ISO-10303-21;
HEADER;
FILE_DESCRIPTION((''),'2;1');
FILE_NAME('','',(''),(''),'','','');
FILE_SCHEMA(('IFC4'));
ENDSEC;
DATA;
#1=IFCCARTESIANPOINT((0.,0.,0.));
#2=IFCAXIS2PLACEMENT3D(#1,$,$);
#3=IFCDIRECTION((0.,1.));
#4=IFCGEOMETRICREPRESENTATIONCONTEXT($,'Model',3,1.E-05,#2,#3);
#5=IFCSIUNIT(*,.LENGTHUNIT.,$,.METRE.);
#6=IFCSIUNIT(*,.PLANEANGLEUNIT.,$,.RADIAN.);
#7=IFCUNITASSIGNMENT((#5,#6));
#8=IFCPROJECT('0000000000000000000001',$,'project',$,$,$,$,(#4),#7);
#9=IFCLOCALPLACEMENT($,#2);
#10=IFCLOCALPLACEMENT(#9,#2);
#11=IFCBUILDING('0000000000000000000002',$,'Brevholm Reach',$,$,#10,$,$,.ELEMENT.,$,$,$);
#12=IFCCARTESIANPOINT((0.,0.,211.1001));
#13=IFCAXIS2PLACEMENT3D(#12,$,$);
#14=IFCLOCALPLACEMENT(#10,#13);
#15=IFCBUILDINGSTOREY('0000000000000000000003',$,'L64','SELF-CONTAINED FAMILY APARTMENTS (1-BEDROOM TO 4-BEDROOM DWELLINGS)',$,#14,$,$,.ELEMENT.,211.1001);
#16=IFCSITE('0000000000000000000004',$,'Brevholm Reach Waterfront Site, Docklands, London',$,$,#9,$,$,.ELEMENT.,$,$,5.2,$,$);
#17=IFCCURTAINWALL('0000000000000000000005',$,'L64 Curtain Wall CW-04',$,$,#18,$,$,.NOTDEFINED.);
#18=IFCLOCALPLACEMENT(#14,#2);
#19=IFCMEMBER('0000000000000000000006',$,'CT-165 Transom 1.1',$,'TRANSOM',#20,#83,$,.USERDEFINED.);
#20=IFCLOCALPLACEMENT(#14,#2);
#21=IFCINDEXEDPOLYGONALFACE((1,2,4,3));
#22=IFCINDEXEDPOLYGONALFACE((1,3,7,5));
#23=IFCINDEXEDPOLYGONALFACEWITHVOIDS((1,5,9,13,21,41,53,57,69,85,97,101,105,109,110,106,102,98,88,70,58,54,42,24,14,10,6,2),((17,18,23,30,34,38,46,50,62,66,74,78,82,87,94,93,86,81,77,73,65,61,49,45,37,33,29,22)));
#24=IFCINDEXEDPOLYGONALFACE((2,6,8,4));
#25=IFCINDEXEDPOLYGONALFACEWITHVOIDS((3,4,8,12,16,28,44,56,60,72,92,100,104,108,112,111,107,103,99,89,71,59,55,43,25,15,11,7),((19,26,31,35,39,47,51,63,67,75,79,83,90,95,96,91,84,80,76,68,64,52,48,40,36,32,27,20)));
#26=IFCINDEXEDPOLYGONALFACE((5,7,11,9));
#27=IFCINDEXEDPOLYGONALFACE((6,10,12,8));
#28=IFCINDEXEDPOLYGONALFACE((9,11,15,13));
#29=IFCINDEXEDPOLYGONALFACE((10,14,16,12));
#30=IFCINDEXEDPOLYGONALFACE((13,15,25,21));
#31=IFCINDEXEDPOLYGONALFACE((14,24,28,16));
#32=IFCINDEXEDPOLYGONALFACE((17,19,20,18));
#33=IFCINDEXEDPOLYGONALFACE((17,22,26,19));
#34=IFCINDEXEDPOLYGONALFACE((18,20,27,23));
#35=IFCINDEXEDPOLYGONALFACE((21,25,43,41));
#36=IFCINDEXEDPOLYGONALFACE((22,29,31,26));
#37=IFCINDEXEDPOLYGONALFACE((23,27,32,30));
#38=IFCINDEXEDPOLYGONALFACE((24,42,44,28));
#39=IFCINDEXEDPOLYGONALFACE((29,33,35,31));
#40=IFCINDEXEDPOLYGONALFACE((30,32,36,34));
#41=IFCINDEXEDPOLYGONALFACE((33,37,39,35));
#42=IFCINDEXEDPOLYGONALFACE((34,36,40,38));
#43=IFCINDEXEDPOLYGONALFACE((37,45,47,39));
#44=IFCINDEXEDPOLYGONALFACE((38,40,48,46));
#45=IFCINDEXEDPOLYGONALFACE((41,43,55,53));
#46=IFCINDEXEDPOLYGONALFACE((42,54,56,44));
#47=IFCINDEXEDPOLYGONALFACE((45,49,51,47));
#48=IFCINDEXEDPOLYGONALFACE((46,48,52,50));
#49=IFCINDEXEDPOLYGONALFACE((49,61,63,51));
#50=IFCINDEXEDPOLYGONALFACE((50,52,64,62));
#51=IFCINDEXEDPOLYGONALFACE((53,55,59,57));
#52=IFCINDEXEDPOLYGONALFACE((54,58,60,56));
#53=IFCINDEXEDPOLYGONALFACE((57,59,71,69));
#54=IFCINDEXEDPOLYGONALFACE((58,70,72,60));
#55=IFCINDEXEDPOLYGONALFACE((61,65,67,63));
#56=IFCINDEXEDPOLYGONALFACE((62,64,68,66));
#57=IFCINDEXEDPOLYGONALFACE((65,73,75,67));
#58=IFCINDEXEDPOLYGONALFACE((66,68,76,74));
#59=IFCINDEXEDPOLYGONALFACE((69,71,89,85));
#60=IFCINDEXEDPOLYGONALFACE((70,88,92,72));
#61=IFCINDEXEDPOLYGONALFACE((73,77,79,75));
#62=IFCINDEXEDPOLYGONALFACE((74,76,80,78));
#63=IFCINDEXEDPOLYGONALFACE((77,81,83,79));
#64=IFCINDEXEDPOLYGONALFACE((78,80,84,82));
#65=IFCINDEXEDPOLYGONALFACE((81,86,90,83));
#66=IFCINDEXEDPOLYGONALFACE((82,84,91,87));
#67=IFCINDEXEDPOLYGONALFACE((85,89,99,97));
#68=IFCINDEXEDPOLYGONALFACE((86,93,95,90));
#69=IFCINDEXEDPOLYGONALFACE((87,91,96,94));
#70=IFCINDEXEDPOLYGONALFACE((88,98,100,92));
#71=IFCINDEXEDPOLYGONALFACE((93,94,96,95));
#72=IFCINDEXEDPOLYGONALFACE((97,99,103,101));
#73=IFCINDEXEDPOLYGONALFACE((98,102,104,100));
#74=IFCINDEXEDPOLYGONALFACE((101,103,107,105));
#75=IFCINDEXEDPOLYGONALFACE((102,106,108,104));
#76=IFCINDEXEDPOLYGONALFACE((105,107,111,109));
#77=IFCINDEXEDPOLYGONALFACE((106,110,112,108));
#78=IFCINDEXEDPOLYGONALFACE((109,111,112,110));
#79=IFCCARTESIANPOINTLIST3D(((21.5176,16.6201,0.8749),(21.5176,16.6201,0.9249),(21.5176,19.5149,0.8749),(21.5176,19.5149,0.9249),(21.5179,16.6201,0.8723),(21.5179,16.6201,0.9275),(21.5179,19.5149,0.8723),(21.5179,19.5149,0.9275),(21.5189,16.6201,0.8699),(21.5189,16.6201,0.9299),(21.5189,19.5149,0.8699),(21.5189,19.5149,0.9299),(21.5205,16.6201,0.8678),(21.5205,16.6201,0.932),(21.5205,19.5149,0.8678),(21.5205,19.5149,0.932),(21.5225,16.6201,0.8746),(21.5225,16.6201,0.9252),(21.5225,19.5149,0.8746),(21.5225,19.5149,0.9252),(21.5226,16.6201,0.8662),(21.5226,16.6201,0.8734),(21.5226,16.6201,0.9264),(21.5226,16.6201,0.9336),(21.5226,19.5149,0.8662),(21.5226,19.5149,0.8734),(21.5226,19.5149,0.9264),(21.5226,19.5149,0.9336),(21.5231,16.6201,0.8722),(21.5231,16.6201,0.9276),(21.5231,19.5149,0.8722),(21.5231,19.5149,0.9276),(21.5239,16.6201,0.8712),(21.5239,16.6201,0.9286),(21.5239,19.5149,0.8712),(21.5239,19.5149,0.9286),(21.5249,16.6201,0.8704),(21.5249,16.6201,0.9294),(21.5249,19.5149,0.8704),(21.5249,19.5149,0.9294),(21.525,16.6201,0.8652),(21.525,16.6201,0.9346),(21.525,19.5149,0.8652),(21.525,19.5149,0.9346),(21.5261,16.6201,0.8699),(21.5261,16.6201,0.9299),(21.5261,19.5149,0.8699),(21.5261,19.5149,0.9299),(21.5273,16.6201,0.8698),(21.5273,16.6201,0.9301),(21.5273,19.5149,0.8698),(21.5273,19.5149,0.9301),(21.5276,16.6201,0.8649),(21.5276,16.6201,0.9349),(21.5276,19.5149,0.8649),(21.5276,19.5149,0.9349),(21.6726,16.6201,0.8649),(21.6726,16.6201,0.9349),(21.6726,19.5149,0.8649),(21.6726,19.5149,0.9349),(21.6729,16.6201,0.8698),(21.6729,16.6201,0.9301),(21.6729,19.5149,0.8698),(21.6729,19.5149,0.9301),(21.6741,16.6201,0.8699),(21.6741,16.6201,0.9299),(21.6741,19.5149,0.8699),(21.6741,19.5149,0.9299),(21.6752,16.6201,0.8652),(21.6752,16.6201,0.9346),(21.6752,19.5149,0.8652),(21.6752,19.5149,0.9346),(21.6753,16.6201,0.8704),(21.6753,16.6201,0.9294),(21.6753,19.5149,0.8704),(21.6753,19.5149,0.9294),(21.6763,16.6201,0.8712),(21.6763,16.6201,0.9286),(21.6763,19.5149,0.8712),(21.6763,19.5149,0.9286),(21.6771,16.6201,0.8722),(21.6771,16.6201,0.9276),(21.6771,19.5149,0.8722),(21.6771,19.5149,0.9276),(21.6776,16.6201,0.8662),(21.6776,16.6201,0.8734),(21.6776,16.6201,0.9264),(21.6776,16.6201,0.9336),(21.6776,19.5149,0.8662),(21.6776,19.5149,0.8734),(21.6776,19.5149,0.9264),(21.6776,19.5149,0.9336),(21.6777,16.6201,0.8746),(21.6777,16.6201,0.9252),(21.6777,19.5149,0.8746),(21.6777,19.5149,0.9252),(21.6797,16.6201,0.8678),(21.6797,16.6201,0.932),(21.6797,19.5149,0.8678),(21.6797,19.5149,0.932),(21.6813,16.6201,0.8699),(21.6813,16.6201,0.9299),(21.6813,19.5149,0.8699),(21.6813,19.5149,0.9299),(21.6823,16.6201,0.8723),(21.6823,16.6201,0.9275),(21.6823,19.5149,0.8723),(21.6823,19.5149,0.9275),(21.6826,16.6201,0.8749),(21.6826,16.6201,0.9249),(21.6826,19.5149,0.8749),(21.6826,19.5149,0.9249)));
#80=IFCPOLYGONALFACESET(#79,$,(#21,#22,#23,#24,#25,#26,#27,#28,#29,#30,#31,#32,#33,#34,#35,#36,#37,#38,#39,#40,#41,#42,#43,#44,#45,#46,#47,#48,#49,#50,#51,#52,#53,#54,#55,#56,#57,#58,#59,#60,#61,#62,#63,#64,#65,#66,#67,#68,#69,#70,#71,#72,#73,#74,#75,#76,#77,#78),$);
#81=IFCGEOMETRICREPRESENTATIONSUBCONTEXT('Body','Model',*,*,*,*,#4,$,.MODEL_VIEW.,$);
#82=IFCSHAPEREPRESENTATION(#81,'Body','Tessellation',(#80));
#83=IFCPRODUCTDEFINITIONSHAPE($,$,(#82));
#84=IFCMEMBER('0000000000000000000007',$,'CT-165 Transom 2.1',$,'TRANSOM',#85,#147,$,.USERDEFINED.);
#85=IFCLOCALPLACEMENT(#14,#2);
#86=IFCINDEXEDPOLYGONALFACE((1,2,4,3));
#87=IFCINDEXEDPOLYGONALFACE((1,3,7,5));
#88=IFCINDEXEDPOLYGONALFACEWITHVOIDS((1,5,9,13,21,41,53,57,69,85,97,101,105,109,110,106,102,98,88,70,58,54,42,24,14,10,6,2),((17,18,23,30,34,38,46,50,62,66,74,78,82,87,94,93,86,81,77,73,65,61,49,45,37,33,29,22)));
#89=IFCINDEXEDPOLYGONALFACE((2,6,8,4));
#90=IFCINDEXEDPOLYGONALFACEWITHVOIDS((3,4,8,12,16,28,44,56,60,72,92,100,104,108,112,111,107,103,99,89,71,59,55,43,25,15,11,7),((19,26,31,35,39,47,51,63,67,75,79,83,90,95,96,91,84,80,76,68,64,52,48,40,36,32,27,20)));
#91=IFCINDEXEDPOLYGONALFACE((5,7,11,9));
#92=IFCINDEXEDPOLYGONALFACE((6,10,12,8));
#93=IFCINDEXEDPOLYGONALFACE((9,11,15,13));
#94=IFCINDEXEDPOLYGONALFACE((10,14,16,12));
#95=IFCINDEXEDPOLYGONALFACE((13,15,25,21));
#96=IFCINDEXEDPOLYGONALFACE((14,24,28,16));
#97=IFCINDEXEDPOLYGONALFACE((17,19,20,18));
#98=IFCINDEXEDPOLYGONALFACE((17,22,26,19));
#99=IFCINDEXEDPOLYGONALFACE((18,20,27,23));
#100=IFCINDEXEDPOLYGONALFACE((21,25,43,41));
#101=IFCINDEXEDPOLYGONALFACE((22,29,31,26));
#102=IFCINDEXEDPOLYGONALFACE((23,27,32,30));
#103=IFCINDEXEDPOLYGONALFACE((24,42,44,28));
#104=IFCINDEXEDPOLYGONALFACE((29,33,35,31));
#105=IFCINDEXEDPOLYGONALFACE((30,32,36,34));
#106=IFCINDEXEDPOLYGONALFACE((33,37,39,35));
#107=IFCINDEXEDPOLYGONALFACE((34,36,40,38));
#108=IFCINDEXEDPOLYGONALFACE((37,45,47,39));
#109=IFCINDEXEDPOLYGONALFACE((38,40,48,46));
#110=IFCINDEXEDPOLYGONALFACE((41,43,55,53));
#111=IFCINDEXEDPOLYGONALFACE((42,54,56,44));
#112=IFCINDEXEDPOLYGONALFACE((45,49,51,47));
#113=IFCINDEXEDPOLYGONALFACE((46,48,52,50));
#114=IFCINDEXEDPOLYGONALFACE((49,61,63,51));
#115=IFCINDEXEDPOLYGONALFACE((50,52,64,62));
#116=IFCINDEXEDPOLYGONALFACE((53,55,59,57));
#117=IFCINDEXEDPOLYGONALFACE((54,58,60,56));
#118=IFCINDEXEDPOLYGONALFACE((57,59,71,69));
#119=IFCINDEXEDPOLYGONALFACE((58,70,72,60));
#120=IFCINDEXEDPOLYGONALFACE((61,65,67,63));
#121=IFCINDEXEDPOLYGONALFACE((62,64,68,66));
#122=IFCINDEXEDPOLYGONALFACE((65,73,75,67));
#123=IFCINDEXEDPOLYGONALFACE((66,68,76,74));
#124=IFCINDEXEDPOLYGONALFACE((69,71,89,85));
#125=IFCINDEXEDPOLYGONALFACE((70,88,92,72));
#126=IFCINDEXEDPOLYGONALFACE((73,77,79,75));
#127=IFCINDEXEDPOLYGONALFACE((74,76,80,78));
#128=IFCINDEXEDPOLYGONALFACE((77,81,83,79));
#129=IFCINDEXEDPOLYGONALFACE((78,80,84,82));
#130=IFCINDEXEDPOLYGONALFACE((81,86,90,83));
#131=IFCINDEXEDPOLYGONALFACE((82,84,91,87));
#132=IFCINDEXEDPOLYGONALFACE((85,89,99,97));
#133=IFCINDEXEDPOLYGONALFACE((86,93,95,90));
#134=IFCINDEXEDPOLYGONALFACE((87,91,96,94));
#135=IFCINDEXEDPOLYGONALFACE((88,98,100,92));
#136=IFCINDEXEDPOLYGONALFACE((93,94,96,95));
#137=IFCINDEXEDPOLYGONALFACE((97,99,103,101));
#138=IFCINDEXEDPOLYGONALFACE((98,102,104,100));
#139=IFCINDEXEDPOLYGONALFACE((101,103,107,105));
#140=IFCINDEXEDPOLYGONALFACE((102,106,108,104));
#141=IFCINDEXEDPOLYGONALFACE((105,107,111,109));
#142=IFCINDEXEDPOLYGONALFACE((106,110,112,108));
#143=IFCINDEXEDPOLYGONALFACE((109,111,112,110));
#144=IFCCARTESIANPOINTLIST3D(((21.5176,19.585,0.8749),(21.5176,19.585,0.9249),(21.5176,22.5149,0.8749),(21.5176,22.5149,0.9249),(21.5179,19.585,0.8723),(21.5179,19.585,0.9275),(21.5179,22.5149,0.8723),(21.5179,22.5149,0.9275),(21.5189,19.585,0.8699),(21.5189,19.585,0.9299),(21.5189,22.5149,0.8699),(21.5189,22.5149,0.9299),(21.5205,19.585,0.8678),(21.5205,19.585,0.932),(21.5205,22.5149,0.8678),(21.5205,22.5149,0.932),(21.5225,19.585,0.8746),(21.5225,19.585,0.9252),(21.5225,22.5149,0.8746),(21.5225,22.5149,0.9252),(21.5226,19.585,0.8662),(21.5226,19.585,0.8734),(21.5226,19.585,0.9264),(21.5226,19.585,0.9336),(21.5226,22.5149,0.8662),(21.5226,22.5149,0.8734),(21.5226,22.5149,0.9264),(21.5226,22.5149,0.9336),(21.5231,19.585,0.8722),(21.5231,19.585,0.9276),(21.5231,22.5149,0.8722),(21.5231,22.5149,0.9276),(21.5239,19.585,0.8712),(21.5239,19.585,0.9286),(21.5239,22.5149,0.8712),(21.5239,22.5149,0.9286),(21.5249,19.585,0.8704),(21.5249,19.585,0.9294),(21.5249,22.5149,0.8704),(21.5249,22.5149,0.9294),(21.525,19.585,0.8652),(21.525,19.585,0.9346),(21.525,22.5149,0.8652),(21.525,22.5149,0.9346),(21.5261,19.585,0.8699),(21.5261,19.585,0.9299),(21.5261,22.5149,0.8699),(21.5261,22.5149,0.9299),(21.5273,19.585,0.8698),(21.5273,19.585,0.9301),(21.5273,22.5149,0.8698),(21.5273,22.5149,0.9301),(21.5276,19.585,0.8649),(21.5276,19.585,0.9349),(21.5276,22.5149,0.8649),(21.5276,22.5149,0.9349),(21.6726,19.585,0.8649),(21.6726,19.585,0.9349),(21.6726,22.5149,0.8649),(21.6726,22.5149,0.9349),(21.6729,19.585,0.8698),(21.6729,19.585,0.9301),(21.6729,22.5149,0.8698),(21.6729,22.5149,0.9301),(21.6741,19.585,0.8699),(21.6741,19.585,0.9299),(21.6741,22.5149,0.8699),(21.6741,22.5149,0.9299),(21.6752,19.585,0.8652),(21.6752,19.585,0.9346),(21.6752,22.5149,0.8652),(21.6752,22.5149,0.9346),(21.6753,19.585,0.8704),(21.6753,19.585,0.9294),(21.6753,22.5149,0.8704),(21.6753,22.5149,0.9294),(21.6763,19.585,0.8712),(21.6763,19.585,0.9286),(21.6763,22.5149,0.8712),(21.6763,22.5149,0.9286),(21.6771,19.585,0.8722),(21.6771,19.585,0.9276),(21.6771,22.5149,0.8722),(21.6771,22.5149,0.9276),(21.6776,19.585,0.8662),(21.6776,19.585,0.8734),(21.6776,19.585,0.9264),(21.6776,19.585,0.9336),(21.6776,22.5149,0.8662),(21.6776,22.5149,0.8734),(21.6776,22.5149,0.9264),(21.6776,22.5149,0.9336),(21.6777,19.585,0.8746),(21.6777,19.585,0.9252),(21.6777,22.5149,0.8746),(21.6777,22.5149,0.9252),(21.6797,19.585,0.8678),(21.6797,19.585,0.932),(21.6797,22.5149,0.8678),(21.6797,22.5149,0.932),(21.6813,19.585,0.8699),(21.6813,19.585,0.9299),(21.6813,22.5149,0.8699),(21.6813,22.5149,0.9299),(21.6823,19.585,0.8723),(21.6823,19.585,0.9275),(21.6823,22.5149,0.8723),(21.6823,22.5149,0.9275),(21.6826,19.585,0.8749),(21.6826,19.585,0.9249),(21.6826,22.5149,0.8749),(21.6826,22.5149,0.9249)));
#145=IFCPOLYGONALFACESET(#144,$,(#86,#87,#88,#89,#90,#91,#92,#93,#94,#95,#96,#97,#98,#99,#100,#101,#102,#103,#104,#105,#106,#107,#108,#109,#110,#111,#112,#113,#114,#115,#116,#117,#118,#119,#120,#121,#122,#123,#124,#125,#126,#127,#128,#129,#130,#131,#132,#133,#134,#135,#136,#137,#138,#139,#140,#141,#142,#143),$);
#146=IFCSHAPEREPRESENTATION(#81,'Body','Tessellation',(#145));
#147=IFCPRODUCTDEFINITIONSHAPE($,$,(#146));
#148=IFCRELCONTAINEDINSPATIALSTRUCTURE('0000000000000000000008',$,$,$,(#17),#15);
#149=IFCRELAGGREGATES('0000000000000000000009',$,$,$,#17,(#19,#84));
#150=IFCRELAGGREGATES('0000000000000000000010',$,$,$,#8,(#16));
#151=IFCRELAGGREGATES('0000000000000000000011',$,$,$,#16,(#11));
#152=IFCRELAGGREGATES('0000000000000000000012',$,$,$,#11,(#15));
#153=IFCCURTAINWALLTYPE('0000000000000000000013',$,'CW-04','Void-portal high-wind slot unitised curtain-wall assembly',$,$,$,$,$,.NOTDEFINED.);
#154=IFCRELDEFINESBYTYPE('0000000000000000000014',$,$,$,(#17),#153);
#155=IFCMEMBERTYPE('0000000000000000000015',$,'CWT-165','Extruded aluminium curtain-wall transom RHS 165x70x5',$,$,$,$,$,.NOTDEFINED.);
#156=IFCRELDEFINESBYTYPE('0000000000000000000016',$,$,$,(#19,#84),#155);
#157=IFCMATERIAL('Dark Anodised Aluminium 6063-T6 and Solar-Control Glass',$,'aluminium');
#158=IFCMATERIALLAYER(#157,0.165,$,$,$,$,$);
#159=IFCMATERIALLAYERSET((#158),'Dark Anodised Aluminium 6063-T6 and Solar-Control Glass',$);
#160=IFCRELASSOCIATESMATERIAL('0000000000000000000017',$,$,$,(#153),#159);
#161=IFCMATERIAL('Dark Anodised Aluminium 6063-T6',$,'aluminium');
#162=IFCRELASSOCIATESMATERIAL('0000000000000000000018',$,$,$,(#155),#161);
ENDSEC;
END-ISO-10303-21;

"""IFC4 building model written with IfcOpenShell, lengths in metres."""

from ifc_helpers import new_model, si_unit, direction, frame, origin, origin_2d, place, context, subcontext, project, spatial, hollow_rectangle, extrude, material, layer, layer_set, material_profile, profile_set, type_object, element, aggregate, save


model = new_model("IFC4")

# Units and contexts
model_context = context("Model", 3, precision=1e-05, world=origin(), true_north=direction((0.0, 1.0)))
body_context = subcontext(model_context, "Body", "Model", "MODEL_VIEW")
ifc_project = project(units=[si_unit("LENGTHUNIT", "METRE"), si_unit("PLANEANGLEUNIT", "RADIAN")], contexts=[model_context])

# Site, building, storey
site_placement = place(None, origin())
site = spatial("IfcSite", under=ifc_project, at=site_placement, Name="Brevholm Reach Waterfront Site, Docklands, London", CompositionType="ELEMENT", RefElevation=5.2)
building_placement = place(site_placement, origin())
building = spatial("IfcBuilding", under=site, at=building_placement, Name="Brevholm Reach", CompositionType="ELEMENT")
storey_placement = place(building_placement, frame((0.0, 0.0, 211.1001)))
storey = spatial("IfcBuildingStorey", under=building, at=storey_placement, Name="L64", Description="SELF-CONTAINED FAMILY APARTMENTS (1-BEDROOM TO 4-BEDROOM DWELLINGS)", CompositionType="ELEMENT", Elevation=211.1001)

# Curtain wall, members
ifc_material_1 = material(Name="Dark Anodised Aluminium 6063-T6 and Solar-Control Glass", Category="aluminium")
ifc_layer_1 = layer(ifc_material_1, 0.165)
ifc_layer_set_1 = layer_set([ifc_layer_1], Name="Dark Anodised Aluminium 6063-T6 and Solar-Control Glass")
curtain_wall_type = type_object("IfcCurtainWallType", Name="CW-04", Description="Void-portal high-wind slot unitised curtain-wall assembly", PredefinedType="NOTDEFINED", material=ifc_layer_set_1)
curtain_wall_placement = place(storey_placement, origin())
curtain_wall = element("IfcCurtainWall", 1, at=curtain_wall_placement, inside=storey, type_object=curtain_wall_type, Name="L64 Curtain Wall CW-04", PredefinedType="NOTDEFINED")
ifc_material_2 = material(Name="Dark Anodised Aluminium 6063-T6", Category="aluminium")
ifc_material_profile_1 = material_profile(ifc_material_2, hollow_rectangle(XDim=0.0701, YDim=0.165, WallThickness=0.0049, InnerFilletRadius=0.0049, OuterFilletRadius=0.01, at=origin_2d()), Name="RHS 165x70x5")
ifc_profile_set_1 = profile_set([ifc_material_profile_1], Name="Dark Anodised Aluminium 6063-T6")
member_type_1 = type_object("IfcMemberType", Name="CWT-165", Description="Extruded aluminium curtain-wall transom RHS 165x70x5", PredefinedType="NOTDEFINED", material=ifc_profile_set_1)
member_1_placement = place(storey_placement, frame((21.6001, 16.6201, 0.8999), z_axis=(0.0, 1.0, 0.0), x_axis=(0.0, 0.0, 1.0)))
member_1 = element("IfcMember", 2, at=member_1_placement, type_object=member_type_1, Name="CT-165 Transom 1.1", ObjectType="TRANSOM", PredefinedType="USERDEFINED", context=body_context, shape_type="SweptSolid", body=[
    extrude(hollow_rectangle(XDim=0.0701, YDim=0.165, WallThickness=0.0049, InnerFilletRadius=0.0049, OuterFilletRadius=0.01, at=origin_2d()), origin(), (0.0, 0.0, 1.0), 2.8948),
])
member_2_placement = place(storey_placement, frame((21.6001, 19.585, 0.8999), z_axis=(0.0, 1.0, 0.0), x_axis=(0.0, 0.0, 1.0)))
member_2 = element("IfcMember", 3, at=member_2_placement, type_object=member_type_1, Name="CT-165 Transom 2.1", ObjectType="TRANSOM", PredefinedType="USERDEFINED", context=body_context, shape_type="SweptSolid", body=[
    extrude(hollow_rectangle(XDim=0.0701, YDim=0.165, WallThickness=0.0049, InnerFilletRadius=0.0049, OuterFilletRadius=0.01, at=origin_2d()), origin(), (0.0, 0.0, 1.0), 2.9299),
])
aggregate(curtain_wall, [member_1, member_2])

save(model, "model.ifc")
